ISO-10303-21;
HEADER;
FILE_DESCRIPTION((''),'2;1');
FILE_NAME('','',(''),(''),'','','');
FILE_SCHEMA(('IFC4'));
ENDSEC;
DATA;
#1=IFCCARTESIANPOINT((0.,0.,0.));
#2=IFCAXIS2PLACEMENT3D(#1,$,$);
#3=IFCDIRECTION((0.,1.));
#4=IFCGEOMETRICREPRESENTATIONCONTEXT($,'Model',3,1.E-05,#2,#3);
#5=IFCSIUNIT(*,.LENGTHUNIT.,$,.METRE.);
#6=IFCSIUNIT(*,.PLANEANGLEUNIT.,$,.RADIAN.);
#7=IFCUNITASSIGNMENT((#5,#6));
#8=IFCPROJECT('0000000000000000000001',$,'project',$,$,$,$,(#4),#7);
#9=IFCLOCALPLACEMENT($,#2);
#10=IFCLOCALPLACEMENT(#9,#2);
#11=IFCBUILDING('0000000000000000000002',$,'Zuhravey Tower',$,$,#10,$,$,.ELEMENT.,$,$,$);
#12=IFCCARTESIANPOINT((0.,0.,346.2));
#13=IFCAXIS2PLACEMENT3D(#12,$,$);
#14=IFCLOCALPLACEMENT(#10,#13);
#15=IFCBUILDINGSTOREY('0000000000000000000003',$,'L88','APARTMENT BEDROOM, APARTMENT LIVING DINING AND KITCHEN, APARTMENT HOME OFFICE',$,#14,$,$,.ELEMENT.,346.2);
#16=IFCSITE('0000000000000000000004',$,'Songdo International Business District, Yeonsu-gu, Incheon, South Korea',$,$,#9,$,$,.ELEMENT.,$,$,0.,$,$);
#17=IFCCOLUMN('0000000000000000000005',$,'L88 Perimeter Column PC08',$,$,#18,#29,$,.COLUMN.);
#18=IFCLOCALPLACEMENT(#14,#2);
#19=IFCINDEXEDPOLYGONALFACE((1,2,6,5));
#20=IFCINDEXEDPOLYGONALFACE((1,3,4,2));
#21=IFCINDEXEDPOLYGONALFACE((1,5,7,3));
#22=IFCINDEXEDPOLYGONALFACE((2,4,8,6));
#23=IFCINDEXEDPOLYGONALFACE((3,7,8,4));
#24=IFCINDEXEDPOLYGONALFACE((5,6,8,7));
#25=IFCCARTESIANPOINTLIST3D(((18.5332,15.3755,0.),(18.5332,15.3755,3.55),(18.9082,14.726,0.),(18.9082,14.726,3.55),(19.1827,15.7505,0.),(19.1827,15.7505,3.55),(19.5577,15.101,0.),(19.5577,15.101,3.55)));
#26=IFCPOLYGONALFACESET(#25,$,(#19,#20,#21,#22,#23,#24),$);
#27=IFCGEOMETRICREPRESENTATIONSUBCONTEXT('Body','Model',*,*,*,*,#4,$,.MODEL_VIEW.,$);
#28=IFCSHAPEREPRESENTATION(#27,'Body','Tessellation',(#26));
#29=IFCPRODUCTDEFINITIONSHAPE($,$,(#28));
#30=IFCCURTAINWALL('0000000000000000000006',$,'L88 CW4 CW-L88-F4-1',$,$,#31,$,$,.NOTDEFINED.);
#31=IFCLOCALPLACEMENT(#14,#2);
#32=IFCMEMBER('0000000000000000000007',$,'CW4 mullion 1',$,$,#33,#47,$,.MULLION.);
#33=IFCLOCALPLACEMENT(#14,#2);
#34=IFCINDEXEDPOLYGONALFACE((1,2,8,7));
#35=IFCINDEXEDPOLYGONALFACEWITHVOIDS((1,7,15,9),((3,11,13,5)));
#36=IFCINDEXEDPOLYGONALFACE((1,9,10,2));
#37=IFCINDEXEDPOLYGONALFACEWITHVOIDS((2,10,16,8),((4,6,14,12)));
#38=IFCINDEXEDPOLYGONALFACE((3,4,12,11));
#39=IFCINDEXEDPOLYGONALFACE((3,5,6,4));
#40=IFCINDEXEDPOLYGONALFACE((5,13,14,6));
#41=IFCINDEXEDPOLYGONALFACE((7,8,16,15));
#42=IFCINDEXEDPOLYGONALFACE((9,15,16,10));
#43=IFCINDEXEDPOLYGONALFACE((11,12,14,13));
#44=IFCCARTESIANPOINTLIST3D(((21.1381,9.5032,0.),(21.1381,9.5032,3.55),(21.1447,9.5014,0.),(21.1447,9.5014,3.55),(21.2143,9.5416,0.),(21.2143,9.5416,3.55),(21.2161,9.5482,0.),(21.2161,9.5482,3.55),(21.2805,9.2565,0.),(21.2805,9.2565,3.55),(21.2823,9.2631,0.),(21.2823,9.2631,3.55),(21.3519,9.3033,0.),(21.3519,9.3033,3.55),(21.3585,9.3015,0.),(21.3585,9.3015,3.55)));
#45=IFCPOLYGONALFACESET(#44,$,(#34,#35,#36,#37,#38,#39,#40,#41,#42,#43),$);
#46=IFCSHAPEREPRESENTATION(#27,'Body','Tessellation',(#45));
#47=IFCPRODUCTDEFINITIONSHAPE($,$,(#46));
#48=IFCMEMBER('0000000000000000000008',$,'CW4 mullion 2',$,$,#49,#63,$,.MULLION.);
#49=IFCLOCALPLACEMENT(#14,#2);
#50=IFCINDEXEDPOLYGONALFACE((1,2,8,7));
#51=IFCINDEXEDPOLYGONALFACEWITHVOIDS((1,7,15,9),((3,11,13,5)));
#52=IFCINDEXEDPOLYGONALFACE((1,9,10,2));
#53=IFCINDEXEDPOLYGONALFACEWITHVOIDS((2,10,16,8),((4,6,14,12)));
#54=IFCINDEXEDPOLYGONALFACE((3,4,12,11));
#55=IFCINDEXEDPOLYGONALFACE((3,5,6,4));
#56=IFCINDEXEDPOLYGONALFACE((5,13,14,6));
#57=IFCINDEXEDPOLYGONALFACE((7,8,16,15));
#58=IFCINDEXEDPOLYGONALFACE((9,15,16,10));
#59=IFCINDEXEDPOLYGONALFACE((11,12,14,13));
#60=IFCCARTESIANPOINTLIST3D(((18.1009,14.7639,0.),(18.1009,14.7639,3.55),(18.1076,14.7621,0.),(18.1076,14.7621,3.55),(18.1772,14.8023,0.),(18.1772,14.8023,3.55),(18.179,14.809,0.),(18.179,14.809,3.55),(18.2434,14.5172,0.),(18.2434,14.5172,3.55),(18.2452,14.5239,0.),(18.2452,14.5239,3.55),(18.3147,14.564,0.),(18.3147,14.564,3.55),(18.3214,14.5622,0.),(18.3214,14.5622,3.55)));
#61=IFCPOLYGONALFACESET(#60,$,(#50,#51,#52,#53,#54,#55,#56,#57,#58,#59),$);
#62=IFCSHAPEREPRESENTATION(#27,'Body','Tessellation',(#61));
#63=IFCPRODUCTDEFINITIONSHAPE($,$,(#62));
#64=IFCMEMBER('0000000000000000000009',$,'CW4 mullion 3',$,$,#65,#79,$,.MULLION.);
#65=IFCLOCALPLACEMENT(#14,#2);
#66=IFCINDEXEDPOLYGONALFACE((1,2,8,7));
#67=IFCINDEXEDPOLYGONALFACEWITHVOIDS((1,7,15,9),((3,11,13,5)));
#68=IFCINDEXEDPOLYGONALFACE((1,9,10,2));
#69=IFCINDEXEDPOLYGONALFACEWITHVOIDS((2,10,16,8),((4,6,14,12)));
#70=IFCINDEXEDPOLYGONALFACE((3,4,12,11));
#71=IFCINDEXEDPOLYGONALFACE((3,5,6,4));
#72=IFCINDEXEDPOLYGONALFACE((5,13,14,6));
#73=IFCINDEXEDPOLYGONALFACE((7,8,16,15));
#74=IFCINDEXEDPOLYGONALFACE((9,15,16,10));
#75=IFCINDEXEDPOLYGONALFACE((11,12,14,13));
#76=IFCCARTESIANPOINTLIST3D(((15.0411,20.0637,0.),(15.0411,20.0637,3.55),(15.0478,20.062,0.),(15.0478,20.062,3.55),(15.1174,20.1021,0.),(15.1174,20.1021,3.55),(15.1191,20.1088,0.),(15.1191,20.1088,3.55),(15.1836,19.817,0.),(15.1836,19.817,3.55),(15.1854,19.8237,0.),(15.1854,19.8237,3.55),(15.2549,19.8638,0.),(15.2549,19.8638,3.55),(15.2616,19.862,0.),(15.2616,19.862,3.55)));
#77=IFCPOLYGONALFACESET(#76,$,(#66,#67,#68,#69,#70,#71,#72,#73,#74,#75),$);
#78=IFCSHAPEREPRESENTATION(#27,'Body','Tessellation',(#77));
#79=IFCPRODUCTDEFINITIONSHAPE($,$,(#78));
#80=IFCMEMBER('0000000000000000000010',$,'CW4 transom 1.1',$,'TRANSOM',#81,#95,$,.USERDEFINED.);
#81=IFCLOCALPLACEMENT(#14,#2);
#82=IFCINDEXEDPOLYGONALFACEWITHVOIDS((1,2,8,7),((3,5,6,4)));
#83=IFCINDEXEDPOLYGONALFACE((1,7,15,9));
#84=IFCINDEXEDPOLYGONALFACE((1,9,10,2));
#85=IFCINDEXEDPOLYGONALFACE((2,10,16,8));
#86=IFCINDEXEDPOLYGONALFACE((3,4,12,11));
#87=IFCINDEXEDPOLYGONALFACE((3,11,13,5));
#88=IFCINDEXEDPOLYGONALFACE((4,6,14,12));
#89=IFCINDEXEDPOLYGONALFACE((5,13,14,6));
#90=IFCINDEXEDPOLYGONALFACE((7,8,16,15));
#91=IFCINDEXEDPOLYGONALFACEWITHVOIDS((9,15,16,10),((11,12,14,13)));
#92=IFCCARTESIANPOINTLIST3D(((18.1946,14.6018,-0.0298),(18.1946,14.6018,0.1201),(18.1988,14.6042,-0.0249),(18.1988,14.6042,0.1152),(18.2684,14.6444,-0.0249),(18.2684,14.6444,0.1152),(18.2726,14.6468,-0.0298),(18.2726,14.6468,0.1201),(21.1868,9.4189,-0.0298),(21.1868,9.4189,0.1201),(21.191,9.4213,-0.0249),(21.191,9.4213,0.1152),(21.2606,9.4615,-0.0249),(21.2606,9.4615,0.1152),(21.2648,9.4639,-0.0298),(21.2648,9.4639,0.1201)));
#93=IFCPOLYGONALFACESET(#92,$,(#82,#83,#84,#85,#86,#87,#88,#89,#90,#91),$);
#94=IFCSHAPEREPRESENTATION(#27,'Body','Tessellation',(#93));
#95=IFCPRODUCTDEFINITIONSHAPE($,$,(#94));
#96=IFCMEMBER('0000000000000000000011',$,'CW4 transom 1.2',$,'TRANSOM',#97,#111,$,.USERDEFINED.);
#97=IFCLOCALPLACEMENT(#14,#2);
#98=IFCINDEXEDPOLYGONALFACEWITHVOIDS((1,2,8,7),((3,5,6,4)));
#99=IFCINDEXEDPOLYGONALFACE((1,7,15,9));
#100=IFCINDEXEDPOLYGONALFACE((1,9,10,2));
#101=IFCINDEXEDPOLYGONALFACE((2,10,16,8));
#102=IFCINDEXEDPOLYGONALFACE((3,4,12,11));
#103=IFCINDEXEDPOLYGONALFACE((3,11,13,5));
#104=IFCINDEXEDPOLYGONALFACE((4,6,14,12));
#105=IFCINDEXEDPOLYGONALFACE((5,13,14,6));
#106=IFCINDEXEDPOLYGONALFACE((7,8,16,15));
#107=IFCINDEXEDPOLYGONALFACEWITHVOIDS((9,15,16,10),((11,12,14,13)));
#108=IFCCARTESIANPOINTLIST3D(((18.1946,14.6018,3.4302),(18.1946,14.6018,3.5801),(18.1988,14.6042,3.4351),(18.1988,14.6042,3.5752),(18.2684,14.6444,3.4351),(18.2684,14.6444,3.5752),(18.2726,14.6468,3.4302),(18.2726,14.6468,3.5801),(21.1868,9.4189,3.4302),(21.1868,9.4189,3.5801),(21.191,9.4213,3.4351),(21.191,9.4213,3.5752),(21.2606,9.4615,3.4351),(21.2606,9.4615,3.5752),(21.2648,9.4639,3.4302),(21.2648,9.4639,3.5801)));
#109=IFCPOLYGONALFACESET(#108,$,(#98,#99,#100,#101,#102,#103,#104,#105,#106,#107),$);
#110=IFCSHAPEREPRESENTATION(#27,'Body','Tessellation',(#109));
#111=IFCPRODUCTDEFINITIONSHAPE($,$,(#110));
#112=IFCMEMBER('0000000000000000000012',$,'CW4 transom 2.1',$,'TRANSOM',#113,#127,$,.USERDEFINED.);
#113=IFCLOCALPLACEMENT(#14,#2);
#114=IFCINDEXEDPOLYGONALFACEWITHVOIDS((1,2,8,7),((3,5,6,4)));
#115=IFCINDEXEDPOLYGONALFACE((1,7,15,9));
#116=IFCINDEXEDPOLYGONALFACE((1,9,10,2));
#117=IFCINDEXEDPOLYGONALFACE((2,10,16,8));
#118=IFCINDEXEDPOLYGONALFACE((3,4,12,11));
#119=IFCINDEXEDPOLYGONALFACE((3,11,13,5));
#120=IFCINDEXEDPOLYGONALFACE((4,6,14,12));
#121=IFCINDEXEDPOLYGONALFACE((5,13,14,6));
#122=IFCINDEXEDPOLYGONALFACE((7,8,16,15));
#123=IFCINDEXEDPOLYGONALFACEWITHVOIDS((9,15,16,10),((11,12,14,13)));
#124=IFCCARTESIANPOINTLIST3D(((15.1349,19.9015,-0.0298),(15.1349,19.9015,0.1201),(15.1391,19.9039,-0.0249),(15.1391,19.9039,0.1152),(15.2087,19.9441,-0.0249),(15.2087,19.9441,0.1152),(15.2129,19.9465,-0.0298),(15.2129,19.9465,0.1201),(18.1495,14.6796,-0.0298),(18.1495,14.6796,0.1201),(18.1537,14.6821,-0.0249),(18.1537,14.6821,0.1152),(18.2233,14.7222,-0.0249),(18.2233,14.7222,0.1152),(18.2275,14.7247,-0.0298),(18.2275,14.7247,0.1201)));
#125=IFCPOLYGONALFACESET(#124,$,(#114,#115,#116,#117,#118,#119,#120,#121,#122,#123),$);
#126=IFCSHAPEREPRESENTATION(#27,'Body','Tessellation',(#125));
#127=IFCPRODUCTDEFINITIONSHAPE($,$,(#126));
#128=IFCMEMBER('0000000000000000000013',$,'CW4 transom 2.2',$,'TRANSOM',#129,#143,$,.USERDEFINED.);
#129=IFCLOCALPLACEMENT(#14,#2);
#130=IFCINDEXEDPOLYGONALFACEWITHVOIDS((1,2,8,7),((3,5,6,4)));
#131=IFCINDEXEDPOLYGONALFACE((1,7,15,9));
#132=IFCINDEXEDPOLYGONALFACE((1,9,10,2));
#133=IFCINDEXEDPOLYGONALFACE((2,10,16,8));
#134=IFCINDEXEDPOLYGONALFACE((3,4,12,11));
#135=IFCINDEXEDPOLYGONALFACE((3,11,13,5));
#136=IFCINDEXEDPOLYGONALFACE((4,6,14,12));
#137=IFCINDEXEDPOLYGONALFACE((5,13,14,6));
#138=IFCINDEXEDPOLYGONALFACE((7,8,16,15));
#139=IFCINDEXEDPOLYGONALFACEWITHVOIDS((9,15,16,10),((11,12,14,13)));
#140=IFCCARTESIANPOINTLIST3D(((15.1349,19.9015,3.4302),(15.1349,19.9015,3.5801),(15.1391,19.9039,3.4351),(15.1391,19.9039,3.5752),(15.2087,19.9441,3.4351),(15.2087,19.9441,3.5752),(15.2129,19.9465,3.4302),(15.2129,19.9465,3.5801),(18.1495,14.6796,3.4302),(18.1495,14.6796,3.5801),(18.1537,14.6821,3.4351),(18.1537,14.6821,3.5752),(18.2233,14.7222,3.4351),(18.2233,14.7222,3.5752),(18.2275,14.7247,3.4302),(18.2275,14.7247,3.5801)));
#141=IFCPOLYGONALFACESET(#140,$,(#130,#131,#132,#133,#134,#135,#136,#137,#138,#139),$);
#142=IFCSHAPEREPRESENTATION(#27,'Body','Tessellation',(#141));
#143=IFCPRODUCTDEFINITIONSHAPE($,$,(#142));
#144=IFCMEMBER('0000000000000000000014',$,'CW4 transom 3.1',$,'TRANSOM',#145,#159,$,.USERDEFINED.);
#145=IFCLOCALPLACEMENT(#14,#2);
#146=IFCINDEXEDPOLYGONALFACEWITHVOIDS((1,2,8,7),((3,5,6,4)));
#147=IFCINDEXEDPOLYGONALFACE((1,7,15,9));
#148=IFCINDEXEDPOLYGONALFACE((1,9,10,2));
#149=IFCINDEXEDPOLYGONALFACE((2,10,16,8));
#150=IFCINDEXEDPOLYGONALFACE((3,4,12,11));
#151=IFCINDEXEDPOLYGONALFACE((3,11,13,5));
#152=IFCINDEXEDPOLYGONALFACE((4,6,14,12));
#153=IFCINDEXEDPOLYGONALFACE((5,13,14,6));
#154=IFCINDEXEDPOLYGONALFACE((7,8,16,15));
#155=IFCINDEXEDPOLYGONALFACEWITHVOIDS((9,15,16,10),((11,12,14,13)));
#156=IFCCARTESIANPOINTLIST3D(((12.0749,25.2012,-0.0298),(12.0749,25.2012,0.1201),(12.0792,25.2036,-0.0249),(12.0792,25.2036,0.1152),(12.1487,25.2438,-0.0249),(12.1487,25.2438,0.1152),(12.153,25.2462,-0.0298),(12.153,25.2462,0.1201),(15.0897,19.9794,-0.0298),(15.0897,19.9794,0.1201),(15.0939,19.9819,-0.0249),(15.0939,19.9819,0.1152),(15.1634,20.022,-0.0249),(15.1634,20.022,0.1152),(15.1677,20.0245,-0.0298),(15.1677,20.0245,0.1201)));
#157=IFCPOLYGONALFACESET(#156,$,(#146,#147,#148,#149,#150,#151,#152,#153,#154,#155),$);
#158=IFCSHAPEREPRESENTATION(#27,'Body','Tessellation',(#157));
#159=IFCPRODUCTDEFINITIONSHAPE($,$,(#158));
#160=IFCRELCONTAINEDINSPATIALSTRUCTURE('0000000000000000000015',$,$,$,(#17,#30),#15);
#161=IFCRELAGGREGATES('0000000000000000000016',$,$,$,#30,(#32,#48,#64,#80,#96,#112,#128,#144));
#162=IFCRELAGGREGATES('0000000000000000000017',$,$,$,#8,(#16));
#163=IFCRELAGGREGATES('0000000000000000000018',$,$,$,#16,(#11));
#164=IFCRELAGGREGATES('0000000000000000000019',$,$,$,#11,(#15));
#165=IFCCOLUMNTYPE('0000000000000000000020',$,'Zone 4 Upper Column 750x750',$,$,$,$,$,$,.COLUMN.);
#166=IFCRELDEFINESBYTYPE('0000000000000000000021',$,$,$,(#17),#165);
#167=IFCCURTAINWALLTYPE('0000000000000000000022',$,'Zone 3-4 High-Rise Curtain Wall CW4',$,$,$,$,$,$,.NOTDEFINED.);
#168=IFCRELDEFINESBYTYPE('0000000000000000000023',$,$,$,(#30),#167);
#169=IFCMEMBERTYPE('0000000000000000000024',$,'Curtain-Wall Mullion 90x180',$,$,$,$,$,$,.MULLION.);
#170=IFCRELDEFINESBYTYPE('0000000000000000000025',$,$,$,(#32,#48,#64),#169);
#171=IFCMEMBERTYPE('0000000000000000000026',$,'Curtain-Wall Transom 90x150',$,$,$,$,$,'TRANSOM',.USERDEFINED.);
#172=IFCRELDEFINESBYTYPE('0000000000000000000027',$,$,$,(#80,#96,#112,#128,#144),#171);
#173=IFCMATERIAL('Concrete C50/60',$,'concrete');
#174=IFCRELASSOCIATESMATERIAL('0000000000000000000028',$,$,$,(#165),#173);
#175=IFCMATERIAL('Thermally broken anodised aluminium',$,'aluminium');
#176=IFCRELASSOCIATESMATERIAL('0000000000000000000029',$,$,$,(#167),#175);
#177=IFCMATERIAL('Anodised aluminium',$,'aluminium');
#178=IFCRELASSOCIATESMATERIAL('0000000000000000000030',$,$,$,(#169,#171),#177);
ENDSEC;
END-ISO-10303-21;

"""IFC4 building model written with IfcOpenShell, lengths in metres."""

from ifc_helpers import new_model, si_unit, direction, frame, origin, origin_2d, place, context, subcontext, project, spatial, rectangle, hollow_rectangle, extrude, material, material_profile, profile_set, type_object, element, aggregate, save


model = new_model("IFC4")

# Units and contexts
model_context = context("Model", 3, precision=1e-05, world=origin(), true_north=direction((0.0, 1.0)))
body_context = subcontext(model_context, "Body", "Model", "MODEL_VIEW")
ifc_project = project(units=[si_unit("LENGTHUNIT", "METRE"), si_unit("PLANEANGLEUNIT", "RADIAN")], contexts=[model_context])

# Site, building, storey
site_placement = place(None, origin())
site = spatial("IfcSite", under=ifc_project, at=site_placement, Name="Songdo International Business District, Yeonsu-gu, Incheon, South Korea", CompositionType="ELEMENT", RefElevation=0.0)
building_placement = place(site_placement, origin())
building = spatial("IfcBuilding", under=site, at=building_placement, Name="Zuhravey Tower", CompositionType="ELEMENT")
storey_placement = place(building_placement, frame((0.0, 0.0, 346.2)))
storey = spatial("IfcBuildingStorey", under=building, at=storey_placement, Name="L88", Description="APARTMENT BEDROOM, APARTMENT LIVING DINING AND KITCHEN, APARTMENT HOME OFFICE", CompositionType="ELEMENT", Elevation=346.2)

# Column
ifc_material_1 = material(Name="Concrete C50/60", Category="concrete")
ifc_material_profile_1 = material_profile(ifc_material_1, rectangle(XDim=0.75, YDim=0.75, at=origin_2d()), Name="RC-750x750")
ifc_profile_set_1 = profile_set([ifc_material_profile_1], Name="Concrete C50/60")
column_type = type_object("IfcColumnType", Name="Zone 4 Upper Column 750x750", PredefinedType="COLUMN", material=ifc_profile_set_1)
column_placement = place(storey_placement, frame((19.0454, 15.2383, 0.0), z_axis=(0.0, 0.0, 1.0), x_axis=(0.5, -0.866025, 0.0)))
element("IfcColumn", 1, at=column_placement, inside=storey, type_object=column_type, Name="L88 Perimeter Column PC08", PredefinedType="COLUMN", context=body_context, shape_type="SweptSolid", body=[
    extrude(rectangle(XDim=0.75, YDim=0.75, at=origin_2d()), origin(), (0.0, 0.0, 1.0), 3.55),
])

# Curtain wall, members
ifc_material_2 = material(Name="Thermally broken anodised aluminium", Category="aluminium")
curtain_wall_type = type_object("IfcCurtainWallType", Name="Zone 3-4 High-Rise Curtain Wall CW4", PredefinedType="NOTDEFINED", material=ifc_material_2)
curtain_wall_placement = place(storey_placement, origin())
curtain_wall = element("IfcCurtainWall", 2, at=curtain_wall_placement, inside=storey, type_object=curtain_wall_type, Name="L88 CW4 CW-L88-F4-1", PredefinedType="NOTDEFINED")
ifc_material_3 = material(Name="Anodised aluminium", Category="aluminium")
ifc_material_profile_2 = material_profile(ifc_material_3, hollow_rectangle(XDim=0.0901, YDim=0.2849, WallThickness=0.0049, at=origin_2d()), Name="ALU-RHS-90x285x5")
ifc_profile_set_2 = profile_set([ifc_material_profile_2], Name="Anodised aluminium")
member_type_1 = type_object("IfcMemberType", Name="Curtain-Wall Mullion 90x180", PredefinedType="MULLION", material=ifc_profile_set_2)
member_1_placement = place(storey_placement, frame((21.2483, 9.4023, 0.0), z_axis=(0.0, 0.0, 1.0), x_axis=(-0.866026, -0.5, 0.0)))
member_1 = element("IfcMember", 3, at=member_1_placement, type_object=member_type_1, Name="CW4 mullion 1", PredefinedType="MULLION", context=body_context, shape_type="SweptSolid", body=[
    extrude(hollow_rectangle(XDim=0.0901, YDim=0.2849, WallThickness=0.0049, at=origin_2d()), origin(), (0.0, 0.0, 1.0), 3.55),
])
member_2_placement = place(storey_placement, frame((18.2112, 14.6631, 0.0), z_axis=(0.0, 0.0, 1.0), x_axis=(-0.866026, -0.5, 0.0)))
member_2 = element("IfcMember", 4, at=member_2_placement, type_object=member_type_1, Name="CW4 mullion 2", PredefinedType="MULLION", context=body_context, shape_type="SweptSolid", body=[
    extrude(hollow_rectangle(XDim=0.0901, YDim=0.2849, WallThickness=0.0049, at=origin_2d()), origin(), (0.0, 0.0, 1.0), 3.55),
])
member_3_placement = place(storey_placement, frame((15.1514, 19.9629, 0.0), z_axis=(0.0, 0.0, 1.0), x_axis=(-0.866026, -0.5, 0.0)))
member_3 = element("IfcMember", 5, at=member_3_placement, type_object=member_type_1, Name="CW4 mullion 3", PredefinedType="MULLION", context=body_context, shape_type="SweptSolid", body=[
    extrude(hollow_rectangle(XDim=0.0901, YDim=0.2849, WallThickness=0.0049, at=origin_2d()), origin(), (0.0, 0.0, 1.0), 3.55),
])
ifc_material_profile_3 = material_profile(ifc_material_3, hollow_rectangle(XDim=0.0901, YDim=0.1499, WallThickness=0.0049, at=origin_2d()), Name="ALU-RHS-90x150x5")
ifc_profile_set_3 = profile_set([ifc_material_profile_3], Name="Anodised aluminium")
member_type_2 = type_object("IfcMemberType", Name="Curtain-Wall Transom 90x150", ElementType="TRANSOM", PredefinedType="USERDEFINED", material=ifc_profile_set_3)
member_4_placement = place(storey_placement, frame((21.2258, 9.4414, 0.0452), z_axis=(-0.499983, 0.866035, 0.0), x_axis=(-0.866035, -0.499983, 0.0)))
member_4 = element("IfcMember", 6, at=member_4_placement, type_object=member_type_2, Name="CW4 transom 1.1", ObjectType="TRANSOM", PredefinedType="USERDEFINED", context=body_context, shape_type="SweptSolid", body=[
    extrude(hollow_rectangle(XDim=0.0901, YDim=0.1499, WallThickness=0.0049, at=origin_2d()), origin(), (0.0, 0.0, 1.0), 5.9846),
])
member_5_placement = place(storey_placement, frame((21.2258, 9.4414, 3.5051), z_axis=(-0.499983, 0.866035, 0.0), x_axis=(-0.866035, -0.499983, 0.0)))
member_5 = element("IfcMember", 7, at=member_5_placement, type_object=member_type_2, Name="CW4 transom 1.2", ObjectType="TRANSOM", PredefinedType="USERDEFINED", context=body_context, shape_type="SweptSolid", body=[
    extrude(hollow_rectangle(XDim=0.0901, YDim=0.1499, WallThickness=0.0049, at=origin_2d()), origin(), (0.0, 0.0, 1.0), 5.9846),
])
member_6_placement = place(storey_placement, frame((18.1885, 14.7021, 0.0452), z_axis=(-0.499971, 0.866042, 0.0), x_axis=(-0.866042, -0.499971, 0.0)))
member_6 = element("IfcMember", 8, at=member_6_placement, type_object=member_type_2, Name="CW4 transom 2.1", ObjectType="TRANSOM", PredefinedType="USERDEFINED", context=body_context, shape_type="SweptSolid", body=[
    extrude(hollow_rectangle(XDim=0.0901, YDim=0.1499, WallThickness=0.0049, at=origin_2d()), origin(), (0.0, 0.0, 1.0), 6.0295),
])
member_7_placement = place(storey_placement, frame((18.1885, 14.7021, 3.5051), z_axis=(-0.499971, 0.866042, 0.0), x_axis=(-0.866042, -0.499971, 0.0)))
member_7 = element("IfcMember", 9, at=member_7_placement, type_object=member_type_2, Name="CW4 transom 2.2", ObjectType="TRANSOM", PredefinedType="USERDEFINED", context=body_context, shape_type="SweptSolid", body=[
    extrude(hollow_rectangle(XDim=0.0901, YDim=0.1499, WallThickness=0.0049, at=origin_2d()), origin(), (0.0, 0.0, 1.0), 6.0295),
])
member_8_placement = place(storey_placement, frame((15.1287, 20.002, 0.0452), z_axis=(-0.499989, 0.866032, 0.0), x_axis=(-0.866032, -0.499989, 0.0)))
member_8 = element("IfcMember", 10, at=member_8_placement, type_object=member_type_2, Name="CW4 transom 3.1", ObjectType="TRANSOM", PredefinedType="USERDEFINED", context=body_context, shape_type="SweptSolid", body=[
    extrude(hollow_rectangle(XDim=0.0901, YDim=0.1499, WallThickness=0.0049, at=origin_2d()), origin(), (0.0, 0.0, 1.0), 6.0295),
])

aggregate(curtain_wall, [member_1, member_2, member_3, member_4, member_5, member_6, member_7, member_8])

save(model, "model.ifc")
